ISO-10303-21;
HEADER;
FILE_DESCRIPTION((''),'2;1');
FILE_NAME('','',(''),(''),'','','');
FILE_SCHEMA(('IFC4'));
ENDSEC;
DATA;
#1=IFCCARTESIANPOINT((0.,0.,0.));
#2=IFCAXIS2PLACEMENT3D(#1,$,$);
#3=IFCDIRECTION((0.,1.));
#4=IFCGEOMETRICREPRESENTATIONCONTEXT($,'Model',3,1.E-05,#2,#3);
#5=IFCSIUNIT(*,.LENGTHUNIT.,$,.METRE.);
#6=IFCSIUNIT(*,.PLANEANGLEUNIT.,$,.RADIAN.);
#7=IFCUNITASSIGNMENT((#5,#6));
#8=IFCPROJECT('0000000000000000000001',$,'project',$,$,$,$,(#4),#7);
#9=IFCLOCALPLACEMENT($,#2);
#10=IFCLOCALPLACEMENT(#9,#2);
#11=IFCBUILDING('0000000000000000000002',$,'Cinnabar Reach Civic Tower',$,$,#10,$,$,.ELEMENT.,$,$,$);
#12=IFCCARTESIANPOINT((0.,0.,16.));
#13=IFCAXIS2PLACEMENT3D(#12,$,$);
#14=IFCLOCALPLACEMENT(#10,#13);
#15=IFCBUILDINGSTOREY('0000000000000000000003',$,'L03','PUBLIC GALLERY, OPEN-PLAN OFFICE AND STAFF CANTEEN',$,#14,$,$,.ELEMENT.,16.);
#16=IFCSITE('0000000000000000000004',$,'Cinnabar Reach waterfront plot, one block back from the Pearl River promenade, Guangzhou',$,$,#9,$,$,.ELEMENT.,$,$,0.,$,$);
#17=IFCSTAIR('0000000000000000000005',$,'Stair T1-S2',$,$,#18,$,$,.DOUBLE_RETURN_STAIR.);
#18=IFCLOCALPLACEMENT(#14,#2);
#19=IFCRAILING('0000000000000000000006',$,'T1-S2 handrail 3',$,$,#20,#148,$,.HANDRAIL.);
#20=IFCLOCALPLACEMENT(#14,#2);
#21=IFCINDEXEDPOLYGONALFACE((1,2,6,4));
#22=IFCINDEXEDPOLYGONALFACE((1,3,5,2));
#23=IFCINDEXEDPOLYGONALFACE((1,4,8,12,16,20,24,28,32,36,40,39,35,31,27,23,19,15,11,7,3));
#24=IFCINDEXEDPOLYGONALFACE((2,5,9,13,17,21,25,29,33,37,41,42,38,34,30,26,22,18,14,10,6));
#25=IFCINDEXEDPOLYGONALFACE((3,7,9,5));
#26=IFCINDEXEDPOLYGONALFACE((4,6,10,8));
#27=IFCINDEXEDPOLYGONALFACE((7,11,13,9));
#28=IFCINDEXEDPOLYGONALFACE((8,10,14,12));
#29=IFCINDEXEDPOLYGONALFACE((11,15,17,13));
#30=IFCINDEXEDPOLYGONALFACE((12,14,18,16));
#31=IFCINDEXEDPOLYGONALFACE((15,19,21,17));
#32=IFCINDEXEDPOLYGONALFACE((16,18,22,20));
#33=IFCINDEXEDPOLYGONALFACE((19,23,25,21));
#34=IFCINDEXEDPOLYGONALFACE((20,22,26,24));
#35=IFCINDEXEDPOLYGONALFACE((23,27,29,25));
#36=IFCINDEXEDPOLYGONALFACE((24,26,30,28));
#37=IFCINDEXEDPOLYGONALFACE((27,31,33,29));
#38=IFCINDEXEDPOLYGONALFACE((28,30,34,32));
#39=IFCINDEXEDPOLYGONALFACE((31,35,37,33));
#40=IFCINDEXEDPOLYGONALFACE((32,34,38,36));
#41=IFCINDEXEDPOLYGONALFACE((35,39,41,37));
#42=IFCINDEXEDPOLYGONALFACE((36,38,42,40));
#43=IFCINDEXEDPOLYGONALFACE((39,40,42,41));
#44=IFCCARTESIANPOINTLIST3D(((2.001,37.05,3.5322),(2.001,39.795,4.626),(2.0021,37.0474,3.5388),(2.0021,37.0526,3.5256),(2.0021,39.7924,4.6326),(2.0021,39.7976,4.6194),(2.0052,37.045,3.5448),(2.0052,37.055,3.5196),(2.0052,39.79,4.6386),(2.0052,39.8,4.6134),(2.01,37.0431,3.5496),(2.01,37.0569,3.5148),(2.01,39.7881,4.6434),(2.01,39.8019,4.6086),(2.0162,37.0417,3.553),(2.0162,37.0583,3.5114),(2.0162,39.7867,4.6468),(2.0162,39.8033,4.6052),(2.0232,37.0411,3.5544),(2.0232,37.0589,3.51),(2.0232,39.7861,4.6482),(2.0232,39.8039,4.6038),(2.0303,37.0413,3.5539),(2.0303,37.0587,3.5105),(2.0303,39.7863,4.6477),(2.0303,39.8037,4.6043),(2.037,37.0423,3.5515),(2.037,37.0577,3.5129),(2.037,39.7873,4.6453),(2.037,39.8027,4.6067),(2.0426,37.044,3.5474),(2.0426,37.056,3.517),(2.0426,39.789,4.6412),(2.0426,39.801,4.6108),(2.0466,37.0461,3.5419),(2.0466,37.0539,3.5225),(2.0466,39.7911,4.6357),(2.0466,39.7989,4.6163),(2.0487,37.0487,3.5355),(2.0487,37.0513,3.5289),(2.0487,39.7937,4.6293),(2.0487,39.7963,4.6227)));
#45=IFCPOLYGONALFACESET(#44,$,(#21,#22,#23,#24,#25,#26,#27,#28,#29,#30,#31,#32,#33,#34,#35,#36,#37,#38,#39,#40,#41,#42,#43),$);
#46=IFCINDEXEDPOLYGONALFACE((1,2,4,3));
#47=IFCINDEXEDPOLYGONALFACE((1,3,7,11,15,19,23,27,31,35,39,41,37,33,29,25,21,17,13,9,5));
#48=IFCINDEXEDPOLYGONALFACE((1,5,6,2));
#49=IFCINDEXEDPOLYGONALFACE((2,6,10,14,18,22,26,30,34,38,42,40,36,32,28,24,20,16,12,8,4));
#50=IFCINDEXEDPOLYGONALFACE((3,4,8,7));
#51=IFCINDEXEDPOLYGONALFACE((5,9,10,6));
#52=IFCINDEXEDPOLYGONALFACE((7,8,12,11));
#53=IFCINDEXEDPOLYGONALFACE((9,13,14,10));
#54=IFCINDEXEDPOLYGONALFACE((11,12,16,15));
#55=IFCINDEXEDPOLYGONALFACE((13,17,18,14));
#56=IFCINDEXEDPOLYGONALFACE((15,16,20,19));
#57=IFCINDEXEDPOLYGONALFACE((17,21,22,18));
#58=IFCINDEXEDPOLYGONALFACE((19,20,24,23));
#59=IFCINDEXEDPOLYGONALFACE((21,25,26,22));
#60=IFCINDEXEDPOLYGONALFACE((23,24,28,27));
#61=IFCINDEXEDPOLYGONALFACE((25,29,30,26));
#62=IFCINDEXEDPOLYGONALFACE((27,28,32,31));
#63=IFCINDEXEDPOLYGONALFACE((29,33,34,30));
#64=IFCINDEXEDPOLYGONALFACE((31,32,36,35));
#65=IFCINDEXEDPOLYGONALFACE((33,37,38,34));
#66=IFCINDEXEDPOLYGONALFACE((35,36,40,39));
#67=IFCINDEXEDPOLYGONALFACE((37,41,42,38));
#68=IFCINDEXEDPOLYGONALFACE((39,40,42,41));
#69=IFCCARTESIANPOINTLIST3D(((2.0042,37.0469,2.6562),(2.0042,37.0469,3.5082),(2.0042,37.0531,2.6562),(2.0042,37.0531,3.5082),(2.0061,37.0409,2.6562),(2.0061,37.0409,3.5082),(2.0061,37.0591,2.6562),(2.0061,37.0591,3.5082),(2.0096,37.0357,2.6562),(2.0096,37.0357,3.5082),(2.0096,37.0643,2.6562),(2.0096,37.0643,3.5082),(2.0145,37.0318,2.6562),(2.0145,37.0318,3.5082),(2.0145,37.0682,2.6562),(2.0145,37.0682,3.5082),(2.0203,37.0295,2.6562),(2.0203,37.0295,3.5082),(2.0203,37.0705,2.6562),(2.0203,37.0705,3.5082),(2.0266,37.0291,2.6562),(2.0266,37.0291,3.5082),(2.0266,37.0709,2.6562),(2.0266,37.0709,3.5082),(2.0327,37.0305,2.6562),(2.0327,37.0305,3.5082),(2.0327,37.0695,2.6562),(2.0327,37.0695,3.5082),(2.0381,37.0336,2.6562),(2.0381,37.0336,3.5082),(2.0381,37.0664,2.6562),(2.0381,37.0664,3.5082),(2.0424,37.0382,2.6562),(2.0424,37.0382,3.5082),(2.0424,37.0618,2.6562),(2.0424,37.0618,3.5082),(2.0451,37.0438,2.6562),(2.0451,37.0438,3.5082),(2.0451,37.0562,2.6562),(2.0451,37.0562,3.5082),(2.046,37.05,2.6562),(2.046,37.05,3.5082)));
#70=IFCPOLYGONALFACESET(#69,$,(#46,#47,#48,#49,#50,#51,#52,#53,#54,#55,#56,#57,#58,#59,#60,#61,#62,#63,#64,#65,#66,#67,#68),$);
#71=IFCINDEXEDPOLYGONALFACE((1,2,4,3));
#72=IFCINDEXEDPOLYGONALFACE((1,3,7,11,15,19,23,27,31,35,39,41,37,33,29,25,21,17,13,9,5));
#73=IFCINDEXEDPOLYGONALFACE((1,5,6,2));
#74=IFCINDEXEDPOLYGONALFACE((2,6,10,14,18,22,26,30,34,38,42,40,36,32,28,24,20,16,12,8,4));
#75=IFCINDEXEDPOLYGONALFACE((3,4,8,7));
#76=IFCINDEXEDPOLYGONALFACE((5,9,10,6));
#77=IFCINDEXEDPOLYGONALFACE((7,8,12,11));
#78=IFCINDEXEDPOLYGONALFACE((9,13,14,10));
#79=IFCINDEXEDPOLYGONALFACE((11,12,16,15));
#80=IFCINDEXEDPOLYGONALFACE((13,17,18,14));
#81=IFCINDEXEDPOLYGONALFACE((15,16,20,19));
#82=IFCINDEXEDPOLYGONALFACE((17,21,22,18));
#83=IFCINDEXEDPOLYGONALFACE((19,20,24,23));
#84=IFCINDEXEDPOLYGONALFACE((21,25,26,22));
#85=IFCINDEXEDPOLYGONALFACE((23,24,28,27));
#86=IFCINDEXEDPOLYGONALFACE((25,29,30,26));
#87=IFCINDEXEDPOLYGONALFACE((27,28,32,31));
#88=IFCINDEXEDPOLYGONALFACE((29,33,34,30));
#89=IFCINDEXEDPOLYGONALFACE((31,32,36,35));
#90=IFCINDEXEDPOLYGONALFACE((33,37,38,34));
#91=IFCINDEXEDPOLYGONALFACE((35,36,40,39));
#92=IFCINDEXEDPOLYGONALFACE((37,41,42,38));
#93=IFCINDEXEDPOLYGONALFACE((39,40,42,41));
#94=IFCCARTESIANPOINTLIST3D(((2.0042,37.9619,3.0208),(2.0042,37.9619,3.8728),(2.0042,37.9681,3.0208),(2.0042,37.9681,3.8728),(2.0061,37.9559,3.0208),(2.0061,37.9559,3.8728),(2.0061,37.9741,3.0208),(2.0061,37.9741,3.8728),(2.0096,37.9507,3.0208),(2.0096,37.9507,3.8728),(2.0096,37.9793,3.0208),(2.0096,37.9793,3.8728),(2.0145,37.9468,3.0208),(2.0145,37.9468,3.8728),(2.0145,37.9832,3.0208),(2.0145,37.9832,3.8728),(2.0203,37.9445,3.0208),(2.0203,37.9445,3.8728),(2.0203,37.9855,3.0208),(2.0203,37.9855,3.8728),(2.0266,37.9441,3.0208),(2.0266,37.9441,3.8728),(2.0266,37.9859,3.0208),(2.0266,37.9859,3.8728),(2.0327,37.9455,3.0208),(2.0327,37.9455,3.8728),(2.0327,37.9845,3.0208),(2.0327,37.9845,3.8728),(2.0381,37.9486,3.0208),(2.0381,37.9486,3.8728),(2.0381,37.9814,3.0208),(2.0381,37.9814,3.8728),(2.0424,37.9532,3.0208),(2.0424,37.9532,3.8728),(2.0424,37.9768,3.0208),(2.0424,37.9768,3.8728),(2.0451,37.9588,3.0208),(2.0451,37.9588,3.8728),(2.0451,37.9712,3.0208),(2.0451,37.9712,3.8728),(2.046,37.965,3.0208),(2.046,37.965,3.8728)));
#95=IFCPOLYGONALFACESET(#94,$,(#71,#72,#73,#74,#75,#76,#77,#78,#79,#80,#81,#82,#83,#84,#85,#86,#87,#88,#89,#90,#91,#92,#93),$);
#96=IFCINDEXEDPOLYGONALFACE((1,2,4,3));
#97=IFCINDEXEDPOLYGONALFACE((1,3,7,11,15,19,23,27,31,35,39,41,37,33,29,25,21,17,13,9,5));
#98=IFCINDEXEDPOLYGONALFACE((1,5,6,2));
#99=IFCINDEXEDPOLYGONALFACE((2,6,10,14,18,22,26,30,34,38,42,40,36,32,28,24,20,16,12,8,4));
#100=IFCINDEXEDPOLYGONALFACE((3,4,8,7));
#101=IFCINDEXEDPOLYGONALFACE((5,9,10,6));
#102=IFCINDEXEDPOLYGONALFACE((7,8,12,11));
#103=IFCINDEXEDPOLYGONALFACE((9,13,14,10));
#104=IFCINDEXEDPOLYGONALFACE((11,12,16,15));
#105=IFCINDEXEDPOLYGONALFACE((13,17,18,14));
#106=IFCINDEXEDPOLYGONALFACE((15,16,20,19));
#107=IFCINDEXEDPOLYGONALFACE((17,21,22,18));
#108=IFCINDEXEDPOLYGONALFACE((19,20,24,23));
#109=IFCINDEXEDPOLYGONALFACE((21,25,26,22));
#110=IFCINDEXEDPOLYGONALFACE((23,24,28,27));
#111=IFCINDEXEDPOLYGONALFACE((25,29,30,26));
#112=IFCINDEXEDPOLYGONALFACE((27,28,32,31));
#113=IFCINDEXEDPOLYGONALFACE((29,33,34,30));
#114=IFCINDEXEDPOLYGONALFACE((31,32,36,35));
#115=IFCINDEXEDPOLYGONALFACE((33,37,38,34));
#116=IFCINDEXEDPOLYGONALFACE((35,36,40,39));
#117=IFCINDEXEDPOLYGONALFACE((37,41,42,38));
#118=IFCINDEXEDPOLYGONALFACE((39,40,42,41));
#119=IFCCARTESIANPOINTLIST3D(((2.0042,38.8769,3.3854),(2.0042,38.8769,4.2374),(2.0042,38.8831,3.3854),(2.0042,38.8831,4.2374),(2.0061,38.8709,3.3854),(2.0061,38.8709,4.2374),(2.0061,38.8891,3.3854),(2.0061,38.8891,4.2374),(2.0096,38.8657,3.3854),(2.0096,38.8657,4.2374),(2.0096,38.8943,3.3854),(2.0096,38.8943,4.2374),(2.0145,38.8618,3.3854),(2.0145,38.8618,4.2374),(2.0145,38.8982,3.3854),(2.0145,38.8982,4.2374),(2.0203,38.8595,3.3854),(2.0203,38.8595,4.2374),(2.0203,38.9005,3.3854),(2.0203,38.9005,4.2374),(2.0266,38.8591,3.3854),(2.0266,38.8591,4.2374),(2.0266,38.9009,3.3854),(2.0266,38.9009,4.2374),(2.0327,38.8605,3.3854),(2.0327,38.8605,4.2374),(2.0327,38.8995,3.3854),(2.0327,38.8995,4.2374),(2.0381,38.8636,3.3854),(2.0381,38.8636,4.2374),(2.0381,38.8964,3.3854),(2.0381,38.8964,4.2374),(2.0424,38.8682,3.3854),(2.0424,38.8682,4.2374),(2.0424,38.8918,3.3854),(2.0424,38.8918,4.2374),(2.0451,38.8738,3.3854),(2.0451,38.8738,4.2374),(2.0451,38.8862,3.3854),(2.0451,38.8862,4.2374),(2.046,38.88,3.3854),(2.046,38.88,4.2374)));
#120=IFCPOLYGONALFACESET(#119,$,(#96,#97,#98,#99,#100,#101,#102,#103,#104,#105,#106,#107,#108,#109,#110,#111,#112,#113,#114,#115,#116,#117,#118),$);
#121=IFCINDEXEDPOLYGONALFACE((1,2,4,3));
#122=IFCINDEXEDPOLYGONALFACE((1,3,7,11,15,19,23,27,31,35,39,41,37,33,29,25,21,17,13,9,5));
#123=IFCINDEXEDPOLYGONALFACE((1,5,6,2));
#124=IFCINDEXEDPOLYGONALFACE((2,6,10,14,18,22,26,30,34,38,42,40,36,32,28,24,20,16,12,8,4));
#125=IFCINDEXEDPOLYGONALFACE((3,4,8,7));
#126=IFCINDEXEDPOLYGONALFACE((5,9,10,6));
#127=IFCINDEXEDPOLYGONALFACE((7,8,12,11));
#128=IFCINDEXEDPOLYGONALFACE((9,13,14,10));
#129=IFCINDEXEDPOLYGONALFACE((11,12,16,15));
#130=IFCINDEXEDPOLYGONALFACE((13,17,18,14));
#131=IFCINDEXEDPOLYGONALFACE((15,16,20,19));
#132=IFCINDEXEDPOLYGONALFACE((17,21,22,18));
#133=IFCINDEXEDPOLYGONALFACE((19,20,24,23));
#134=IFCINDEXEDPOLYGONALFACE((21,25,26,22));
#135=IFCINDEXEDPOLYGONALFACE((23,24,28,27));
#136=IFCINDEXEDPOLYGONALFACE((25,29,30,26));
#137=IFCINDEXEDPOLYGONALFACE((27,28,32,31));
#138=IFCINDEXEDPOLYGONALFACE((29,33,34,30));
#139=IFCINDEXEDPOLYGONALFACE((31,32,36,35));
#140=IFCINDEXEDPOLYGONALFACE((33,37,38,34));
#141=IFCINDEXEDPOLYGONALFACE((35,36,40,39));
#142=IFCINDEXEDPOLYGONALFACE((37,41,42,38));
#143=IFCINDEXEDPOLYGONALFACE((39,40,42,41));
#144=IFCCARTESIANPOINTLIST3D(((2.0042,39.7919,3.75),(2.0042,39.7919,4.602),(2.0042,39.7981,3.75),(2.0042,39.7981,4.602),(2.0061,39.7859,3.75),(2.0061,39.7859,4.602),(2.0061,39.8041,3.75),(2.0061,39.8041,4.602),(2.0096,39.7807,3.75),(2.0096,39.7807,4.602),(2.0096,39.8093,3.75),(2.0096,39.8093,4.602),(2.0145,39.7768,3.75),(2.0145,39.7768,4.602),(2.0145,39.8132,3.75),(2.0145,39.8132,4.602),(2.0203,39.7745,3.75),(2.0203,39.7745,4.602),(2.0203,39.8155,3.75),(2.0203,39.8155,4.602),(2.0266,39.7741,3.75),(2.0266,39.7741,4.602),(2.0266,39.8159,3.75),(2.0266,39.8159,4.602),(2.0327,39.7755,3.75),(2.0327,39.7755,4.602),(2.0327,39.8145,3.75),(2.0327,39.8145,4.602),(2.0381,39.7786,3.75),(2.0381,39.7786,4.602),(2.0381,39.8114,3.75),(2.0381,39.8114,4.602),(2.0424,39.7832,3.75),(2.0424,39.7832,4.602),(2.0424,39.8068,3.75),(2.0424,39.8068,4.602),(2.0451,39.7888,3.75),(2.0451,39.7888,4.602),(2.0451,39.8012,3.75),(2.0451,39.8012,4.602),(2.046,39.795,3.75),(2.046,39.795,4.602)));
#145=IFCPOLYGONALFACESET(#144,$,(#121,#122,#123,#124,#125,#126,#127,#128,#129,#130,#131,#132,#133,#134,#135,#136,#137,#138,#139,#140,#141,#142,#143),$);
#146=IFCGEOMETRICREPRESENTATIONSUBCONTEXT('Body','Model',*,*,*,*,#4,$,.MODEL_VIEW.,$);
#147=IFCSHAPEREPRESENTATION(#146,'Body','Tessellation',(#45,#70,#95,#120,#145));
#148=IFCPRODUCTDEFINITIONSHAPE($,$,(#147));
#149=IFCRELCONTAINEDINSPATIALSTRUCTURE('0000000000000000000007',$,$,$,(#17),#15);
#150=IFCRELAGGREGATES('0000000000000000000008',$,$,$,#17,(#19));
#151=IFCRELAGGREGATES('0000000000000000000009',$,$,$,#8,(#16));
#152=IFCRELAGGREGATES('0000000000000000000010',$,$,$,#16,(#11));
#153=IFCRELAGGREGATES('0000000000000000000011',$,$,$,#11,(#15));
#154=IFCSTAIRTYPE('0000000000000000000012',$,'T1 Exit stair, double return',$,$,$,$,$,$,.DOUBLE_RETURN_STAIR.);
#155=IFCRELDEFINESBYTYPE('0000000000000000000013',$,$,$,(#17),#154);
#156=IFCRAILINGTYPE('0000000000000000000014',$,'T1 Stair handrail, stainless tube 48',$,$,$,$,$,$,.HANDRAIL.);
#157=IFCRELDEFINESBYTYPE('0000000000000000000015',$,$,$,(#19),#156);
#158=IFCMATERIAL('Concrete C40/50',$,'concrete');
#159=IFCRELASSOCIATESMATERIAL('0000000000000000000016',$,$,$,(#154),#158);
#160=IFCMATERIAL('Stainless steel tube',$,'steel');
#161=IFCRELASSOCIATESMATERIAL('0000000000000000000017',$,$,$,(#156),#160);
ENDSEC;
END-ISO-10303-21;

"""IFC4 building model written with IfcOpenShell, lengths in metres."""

from ifc_helpers import new_model, si_unit, direction, frame, origin, origin_2d, place, context, subcontext, project, spatial, circle, extrude, material, type_object, element, aggregate, save


model = new_model("IFC4")

# Units and contexts
model_context = context("Model", 3, precision=1e-05, world=origin(), true_north=direction((0.0, 1.0)))
body_context = subcontext(model_context, "Body", "Model", "MODEL_VIEW")
ifc_project = project(units=[si_unit("LENGTHUNIT", "METRE"), si_unit("PLANEANGLEUNIT", "RADIAN")], contexts=[model_context])

# Site, building, storey
site_placement = place(None, origin())
site = spatial("IfcSite", under=ifc_project, at=site_placement, Name="Cinnabar Reach waterfront plot, one block back from the Pearl River promenade, Guangzhou", CompositionType="ELEMENT", RefElevation=0.0)
building_placement = place(site_placement, origin())
building = spatial("IfcBuilding", under=site, at=building_placement, Name="Cinnabar Reach Civic Tower", CompositionType="ELEMENT")
storey_placement = place(building_placement, frame((0.0, 0.0, 16.0)))
storey = spatial("IfcBuildingStorey", under=building, at=storey_placement, Name="L03", Description="PUBLIC GALLERY, OPEN-PLAN OFFICE AND STAFF CANTEEN", CompositionType="ELEMENT", Elevation=16.0)

# Stair, railing
ifc_material_1 = material(Name="Concrete C40/50", Category="concrete")
stair_type = type_object("IfcStairType", Name="T1 Exit stair, double return", PredefinedType="DOUBLE_RETURN_STAIR", material=ifc_material_1)
stair_placement = place(storey_placement, origin())
stair = element("IfcStair", 1, at=stair_placement, inside=storey, type_object=stair_type, Name="Stair T1-S2", PredefinedType="DOUBLE_RETURN_STAIR")
ifc_material_2 = material(Name="Stainless steel tube", Category="steel")
railing_type_1 = type_object("IfcRailingType", Name="T1 Stair handrail, stainless tube 48", PredefinedType="HANDRAIL", material=ifc_material_2)
railing_1_placement = place(storey_placement, frame((2.025, 37.05, 2.6562)))
railing_1 = element("IfcRailing", 2, at=railing_1_placement, type_object=railing_type_1, Name="T1-S2 handrail 3", PredefinedType="HANDRAIL", context=body_context, shape_type="SweptSolid", body=[
    extrude(circle(Radius=0.024, at=origin_2d()), frame((0.0, 0.0, 0.876), z_axis=(0.0, 0.928966, 0.370165), x_axis=(-1.0, 0.0, 0.0)), (0.0, 0.0, 1.0), 2.9549),
    extrude(circle(Radius=0.021, at=origin_2d()), origin(), (0.0, 0.0, 1.0), 0.852),
    extrude(circle(Radius=0.021, at=origin_2d()), frame((0.0, 0.915, 0.3646)), (0.0, 0.0, 1.0), 0.852),
    extrude(circle(Radius=0.021, at=origin_2d()), frame((0.0, 1.83, 0.7292)), (0.0, 0.0, 1.0), 0.852),
    extrude(circle(Radius=0.021, at=origin_2d()), frame((0.0, 2.745, 1.0938)), (0.0, 0.0, 1.0), 0.852),
])
aggregate(stair, [railing_1])

save(model, "model.ifc")
